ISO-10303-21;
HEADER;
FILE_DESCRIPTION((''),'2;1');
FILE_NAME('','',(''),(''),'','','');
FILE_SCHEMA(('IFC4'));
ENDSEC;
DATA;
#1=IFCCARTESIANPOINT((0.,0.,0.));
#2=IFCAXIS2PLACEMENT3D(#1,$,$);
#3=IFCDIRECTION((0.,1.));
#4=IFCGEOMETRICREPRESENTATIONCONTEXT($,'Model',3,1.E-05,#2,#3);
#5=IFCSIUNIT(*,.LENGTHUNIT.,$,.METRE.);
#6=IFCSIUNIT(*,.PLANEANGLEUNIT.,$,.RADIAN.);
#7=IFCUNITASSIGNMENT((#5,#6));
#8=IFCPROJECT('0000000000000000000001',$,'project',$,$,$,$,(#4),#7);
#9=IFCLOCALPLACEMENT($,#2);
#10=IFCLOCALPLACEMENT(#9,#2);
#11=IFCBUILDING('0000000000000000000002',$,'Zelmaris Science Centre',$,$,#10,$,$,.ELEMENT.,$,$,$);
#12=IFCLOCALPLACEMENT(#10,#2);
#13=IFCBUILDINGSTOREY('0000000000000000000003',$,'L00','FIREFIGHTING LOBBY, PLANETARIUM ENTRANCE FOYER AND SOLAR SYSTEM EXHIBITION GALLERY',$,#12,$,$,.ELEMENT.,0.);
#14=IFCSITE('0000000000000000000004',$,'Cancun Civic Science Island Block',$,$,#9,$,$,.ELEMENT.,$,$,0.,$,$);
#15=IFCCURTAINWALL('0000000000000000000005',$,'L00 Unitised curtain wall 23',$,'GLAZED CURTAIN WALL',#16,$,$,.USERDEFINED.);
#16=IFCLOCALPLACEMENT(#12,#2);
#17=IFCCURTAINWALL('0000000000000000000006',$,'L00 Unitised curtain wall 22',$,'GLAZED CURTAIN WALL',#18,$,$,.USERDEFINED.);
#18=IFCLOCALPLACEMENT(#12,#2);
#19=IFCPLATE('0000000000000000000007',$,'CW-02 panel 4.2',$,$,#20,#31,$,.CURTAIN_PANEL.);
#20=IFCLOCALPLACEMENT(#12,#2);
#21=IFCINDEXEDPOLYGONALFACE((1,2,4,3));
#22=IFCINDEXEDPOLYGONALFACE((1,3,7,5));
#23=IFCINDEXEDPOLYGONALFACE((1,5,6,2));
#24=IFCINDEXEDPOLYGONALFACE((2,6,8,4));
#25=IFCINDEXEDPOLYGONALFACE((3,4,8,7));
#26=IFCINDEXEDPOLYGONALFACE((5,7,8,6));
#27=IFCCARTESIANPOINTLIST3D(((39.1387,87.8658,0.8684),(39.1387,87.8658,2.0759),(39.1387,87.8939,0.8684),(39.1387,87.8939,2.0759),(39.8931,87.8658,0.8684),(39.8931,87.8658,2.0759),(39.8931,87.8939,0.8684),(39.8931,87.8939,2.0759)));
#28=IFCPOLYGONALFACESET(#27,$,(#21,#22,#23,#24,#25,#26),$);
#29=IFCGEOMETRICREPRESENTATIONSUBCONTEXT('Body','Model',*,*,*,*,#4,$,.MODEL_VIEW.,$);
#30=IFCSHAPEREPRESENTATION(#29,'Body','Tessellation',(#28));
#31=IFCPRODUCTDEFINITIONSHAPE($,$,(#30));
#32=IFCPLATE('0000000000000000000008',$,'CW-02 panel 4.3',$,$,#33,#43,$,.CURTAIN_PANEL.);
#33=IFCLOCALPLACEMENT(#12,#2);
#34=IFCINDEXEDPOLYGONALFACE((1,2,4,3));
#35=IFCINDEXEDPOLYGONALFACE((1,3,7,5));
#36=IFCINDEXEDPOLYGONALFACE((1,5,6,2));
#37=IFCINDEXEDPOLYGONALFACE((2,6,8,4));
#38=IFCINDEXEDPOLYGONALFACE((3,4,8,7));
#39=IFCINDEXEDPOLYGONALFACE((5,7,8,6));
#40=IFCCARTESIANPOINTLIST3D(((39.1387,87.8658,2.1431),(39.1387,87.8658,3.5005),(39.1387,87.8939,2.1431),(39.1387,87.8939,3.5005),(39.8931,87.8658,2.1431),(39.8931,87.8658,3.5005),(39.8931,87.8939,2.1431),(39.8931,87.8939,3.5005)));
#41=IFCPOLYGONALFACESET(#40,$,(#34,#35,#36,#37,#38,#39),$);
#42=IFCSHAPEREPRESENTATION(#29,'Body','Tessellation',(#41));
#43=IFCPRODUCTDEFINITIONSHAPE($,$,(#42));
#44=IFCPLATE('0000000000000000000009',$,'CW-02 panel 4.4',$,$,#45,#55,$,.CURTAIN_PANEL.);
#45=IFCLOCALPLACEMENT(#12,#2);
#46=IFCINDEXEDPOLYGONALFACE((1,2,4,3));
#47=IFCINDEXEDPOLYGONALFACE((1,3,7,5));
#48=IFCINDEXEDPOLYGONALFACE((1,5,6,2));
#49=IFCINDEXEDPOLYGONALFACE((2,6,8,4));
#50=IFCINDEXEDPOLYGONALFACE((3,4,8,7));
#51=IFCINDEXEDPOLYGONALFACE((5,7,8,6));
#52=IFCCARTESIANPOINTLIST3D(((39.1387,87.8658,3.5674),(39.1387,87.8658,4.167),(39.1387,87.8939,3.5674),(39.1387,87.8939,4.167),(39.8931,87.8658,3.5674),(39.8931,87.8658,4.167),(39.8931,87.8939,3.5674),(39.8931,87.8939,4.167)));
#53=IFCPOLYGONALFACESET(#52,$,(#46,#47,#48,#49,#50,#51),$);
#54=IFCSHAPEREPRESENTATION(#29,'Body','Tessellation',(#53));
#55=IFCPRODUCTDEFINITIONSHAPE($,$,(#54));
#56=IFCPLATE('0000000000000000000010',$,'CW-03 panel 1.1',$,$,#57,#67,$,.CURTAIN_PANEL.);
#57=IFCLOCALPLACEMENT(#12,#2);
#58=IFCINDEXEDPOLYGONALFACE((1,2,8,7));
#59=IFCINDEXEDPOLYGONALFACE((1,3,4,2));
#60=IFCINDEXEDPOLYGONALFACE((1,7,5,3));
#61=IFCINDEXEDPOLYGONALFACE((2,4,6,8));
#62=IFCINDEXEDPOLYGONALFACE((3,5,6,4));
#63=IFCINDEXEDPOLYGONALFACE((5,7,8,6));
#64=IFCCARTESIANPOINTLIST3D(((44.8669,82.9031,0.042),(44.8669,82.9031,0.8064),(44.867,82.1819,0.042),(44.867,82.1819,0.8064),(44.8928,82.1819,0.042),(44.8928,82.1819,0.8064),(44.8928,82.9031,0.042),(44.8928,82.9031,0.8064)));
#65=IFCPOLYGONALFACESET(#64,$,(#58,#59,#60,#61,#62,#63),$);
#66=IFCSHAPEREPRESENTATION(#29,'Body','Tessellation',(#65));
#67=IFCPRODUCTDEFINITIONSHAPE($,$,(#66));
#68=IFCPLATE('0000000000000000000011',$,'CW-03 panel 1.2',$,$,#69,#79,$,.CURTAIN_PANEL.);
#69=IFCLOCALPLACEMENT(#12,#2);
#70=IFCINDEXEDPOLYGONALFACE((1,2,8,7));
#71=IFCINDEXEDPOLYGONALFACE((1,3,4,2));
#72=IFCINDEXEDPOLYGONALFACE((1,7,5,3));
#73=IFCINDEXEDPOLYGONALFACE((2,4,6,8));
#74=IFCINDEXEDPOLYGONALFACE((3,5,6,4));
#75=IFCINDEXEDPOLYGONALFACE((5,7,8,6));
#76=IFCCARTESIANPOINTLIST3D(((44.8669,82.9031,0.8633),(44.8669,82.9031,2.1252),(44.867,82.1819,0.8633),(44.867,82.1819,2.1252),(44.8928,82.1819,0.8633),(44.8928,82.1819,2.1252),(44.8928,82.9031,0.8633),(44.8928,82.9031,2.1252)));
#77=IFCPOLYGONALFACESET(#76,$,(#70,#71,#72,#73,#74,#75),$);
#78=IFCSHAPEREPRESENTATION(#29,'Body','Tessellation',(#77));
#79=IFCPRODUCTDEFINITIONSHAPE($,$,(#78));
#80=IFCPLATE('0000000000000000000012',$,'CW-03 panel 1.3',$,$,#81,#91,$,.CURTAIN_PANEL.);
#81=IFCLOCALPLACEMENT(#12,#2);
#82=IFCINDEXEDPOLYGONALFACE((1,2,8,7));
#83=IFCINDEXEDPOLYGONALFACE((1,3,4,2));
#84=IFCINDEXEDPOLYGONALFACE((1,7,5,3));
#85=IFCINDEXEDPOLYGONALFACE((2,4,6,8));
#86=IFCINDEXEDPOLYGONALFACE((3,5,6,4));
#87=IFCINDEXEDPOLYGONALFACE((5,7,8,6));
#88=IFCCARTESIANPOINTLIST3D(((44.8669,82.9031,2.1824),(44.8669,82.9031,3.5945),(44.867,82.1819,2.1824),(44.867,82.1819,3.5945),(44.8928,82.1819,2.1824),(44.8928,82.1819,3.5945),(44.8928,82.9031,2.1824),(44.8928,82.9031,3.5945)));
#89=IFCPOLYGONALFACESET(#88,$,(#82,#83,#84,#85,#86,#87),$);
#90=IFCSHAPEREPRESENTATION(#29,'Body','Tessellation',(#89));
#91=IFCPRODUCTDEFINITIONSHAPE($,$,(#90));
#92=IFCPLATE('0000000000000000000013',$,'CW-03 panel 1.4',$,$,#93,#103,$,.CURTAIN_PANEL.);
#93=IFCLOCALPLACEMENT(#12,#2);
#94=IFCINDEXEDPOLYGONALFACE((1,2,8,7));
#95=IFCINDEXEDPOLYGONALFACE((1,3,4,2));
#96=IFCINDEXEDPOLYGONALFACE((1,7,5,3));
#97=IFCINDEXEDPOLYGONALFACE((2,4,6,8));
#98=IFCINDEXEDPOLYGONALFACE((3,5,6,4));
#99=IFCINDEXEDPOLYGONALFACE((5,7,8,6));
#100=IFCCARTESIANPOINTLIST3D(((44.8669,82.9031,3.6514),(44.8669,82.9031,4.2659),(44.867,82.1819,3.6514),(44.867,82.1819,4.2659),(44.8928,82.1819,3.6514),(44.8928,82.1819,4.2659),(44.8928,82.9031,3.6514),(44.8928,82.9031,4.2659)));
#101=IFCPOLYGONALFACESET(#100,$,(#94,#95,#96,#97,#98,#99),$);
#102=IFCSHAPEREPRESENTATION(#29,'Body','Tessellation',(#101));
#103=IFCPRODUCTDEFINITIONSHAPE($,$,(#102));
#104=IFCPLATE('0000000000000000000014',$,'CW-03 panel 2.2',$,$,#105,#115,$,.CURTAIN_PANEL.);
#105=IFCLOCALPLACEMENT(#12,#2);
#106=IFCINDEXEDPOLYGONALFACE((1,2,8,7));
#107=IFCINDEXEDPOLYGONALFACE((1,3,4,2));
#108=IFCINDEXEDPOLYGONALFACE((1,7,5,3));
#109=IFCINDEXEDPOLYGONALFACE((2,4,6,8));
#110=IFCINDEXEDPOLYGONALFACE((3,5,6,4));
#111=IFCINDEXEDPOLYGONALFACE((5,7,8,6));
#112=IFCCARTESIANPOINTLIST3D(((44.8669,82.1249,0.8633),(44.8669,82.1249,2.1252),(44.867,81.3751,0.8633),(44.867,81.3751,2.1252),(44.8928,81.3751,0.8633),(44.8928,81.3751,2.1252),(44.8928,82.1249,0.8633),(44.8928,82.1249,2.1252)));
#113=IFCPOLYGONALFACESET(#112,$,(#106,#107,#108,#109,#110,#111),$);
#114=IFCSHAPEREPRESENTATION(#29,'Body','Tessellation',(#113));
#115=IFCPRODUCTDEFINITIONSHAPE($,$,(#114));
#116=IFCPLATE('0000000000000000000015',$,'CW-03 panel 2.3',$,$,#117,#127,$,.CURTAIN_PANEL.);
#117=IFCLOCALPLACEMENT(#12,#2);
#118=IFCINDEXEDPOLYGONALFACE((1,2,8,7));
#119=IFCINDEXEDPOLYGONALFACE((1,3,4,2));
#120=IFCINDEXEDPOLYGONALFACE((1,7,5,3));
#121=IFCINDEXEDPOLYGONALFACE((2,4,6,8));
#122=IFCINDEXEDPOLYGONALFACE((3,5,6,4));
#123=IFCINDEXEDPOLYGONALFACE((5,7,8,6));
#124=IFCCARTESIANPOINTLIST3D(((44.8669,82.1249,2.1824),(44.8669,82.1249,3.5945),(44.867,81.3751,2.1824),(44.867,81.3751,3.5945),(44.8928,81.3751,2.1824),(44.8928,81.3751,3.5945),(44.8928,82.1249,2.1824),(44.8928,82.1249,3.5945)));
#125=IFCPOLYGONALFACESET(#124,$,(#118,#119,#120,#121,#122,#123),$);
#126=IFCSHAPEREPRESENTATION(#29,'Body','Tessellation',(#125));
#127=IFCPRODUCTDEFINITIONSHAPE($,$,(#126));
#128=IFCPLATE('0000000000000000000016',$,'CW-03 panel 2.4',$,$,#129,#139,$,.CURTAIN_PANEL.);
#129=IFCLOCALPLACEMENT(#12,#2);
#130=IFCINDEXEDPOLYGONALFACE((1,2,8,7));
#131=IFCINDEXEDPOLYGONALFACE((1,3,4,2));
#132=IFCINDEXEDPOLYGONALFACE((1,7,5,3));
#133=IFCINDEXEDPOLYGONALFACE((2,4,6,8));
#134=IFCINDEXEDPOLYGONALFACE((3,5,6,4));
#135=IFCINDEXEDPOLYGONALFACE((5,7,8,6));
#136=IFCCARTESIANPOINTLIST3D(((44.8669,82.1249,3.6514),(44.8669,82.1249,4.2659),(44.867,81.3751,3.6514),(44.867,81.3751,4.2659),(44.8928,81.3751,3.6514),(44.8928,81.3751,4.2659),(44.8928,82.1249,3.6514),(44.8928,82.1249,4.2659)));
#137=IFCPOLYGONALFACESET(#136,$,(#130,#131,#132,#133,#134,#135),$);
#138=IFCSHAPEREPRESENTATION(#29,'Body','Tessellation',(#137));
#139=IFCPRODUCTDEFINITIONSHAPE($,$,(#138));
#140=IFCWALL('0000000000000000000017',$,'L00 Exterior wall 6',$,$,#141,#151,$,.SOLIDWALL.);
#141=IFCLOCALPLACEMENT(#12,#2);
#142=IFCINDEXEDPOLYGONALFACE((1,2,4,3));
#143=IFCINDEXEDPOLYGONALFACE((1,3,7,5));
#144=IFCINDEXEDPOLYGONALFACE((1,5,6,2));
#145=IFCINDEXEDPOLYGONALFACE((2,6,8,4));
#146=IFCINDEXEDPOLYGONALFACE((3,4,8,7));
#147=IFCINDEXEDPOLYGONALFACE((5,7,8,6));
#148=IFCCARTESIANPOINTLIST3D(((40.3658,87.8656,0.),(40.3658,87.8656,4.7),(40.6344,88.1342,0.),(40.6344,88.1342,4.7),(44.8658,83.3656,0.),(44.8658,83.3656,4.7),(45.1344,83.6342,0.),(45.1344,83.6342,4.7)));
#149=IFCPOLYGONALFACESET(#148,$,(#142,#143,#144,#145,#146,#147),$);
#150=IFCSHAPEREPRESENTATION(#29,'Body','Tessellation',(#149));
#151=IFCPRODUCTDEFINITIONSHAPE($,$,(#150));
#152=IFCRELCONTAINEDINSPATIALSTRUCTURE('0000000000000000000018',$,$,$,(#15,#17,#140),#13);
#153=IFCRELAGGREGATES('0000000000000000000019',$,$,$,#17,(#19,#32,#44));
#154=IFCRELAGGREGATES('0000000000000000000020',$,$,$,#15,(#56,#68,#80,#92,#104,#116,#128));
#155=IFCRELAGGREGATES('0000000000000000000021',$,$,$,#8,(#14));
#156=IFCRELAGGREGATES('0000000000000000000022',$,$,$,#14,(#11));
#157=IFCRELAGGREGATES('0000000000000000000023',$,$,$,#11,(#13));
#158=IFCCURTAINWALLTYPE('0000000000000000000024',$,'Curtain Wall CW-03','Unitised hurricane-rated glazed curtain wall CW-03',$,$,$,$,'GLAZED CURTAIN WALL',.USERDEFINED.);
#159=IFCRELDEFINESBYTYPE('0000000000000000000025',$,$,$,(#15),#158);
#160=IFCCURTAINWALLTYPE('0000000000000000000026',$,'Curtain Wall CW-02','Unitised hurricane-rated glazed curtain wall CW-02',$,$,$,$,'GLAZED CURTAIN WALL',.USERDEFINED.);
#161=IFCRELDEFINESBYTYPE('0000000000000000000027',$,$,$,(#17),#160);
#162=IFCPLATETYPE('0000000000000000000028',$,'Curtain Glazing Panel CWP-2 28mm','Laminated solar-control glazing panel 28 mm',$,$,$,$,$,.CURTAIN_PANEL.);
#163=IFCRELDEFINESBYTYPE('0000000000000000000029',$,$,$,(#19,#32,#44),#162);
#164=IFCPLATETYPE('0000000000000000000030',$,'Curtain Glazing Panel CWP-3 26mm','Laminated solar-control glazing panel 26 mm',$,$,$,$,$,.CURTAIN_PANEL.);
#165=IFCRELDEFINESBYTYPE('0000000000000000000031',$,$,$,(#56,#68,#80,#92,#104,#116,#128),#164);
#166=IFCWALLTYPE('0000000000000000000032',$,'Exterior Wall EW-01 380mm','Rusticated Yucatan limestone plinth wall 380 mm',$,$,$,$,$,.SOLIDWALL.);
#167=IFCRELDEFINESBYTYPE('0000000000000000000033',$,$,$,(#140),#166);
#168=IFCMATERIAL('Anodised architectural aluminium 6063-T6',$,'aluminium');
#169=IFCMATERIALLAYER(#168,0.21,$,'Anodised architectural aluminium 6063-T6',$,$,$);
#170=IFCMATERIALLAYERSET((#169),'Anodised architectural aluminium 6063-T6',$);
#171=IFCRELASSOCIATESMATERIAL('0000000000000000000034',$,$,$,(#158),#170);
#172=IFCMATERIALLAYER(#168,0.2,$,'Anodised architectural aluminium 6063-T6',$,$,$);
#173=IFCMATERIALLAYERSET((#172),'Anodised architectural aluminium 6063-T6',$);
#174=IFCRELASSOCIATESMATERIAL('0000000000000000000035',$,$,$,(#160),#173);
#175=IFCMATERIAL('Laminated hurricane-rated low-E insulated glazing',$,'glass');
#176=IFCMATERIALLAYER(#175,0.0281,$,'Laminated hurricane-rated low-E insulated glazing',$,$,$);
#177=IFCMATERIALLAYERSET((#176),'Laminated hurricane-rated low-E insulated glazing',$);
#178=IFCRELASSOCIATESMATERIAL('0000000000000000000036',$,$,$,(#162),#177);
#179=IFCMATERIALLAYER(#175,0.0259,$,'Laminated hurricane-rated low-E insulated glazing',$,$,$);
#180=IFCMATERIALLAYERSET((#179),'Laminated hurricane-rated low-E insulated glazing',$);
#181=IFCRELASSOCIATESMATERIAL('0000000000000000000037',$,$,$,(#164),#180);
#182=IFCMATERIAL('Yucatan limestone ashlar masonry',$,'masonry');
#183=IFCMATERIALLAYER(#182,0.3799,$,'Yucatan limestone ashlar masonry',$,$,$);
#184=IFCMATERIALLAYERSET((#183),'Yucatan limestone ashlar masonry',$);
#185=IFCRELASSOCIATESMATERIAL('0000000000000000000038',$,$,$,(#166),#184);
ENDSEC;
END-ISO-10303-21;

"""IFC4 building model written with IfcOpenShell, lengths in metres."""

from ifc_helpers import new_model, si_unit, direction, frame, frame_2d, origin, origin_2d, place, context, subcontext, project, spatial, rectangle, extrude, material, layer, layer_set, type_object, element, aggregate, save


model = new_model("IFC4")

# Units and contexts
model_context = context("Model", 3, precision=1e-05, world=origin(), true_north=direction((0.0, 1.0)))
body_context = subcontext(model_context, "Body", "Model", "MODEL_VIEW")
ifc_project = project(units=[si_unit("LENGTHUNIT", "METRE"), si_unit("PLANEANGLEUNIT", "RADIAN")], contexts=[model_context])

# Site, building, storey
site_placement = place(None, origin())
site = spatial("IfcSite", under=ifc_project, at=site_placement, Name="Cancun Civic Science Island Block", CompositionType="ELEMENT", RefElevation=0.0)
building_placement = place(site_placement, origin())
building = spatial("IfcBuilding", under=site, at=building_placement, Name="Zelmaris Science Centre", CompositionType="ELEMENT")
storey_placement = place(building_placement, origin())
storey = spatial("IfcBuildingStorey", under=building, at=storey_placement, Name="L00", Description="FIREFIGHTING LOBBY, PLANETARIUM ENTRANCE FOYER AND SOLAR SYSTEM EXHIBITION GALLERY", CompositionType="ELEMENT", Elevation=0.0)

# Curtain walls
ifc_material_1 = material(Name="Anodised architectural aluminium 6063-T6", Category="aluminium")
ifc_layer_1 = layer(ifc_material_1, 0.21, Name="Anodised architectural aluminium 6063-T6")
ifc_layer_set_1 = layer_set([ifc_layer_1], Name="Anodised architectural aluminium 6063-T6")
curtain_wall_type_1 = type_object("IfcCurtainWallType", Name="Curtain Wall CW-03", Description="Unitised hurricane-rated glazed curtain wall CW-03", ElementType="GLAZED CURTAIN WALL", PredefinedType="USERDEFINED", material=ifc_layer_set_1)
curtain_wall_1_placement = place(storey_placement, origin())
curtain_wall_1 = element("IfcCurtainWall", 1, at=curtain_wall_1_placement, inside=storey, type_object=curtain_wall_type_1, Name="L00 Unitised curtain wall 23", ObjectType="GLAZED CURTAIN WALL", PredefinedType="USERDEFINED")
ifc_layer_2 = layer(ifc_material_1, 0.2, Name="Anodised architectural aluminium 6063-T6")
ifc_layer_set_2 = layer_set([ifc_layer_2], Name="Anodised architectural aluminium 6063-T6")
curtain_wall_type_2 = type_object("IfcCurtainWallType", Name="Curtain Wall CW-02", Description="Unitised hurricane-rated glazed curtain wall CW-02", ElementType="GLAZED CURTAIN WALL", PredefinedType="USERDEFINED", material=ifc_layer_set_2)
curtain_wall_2_placement = place(storey_placement, origin())
curtain_wall_2 = element("IfcCurtainWall", 2, at=curtain_wall_2_placement, inside=storey, type_object=curtain_wall_type_2, Name="L00 Unitised curtain wall 22", ObjectType="GLAZED CURTAIN WALL", PredefinedType="USERDEFINED")

# Plates
ifc_material_2 = material(Name="Laminated hurricane-rated low-E insulated glazing", Category="glass")
ifc_layer_3 = layer(ifc_material_2, 0.0281, Name="Laminated hurricane-rated low-E insulated glazing")
ifc_layer_set_3 = layer_set([ifc_layer_3], Name="Laminated hurricane-rated low-E insulated glazing")
plate_type_1 = type_object("IfcPlateType", Name="Curtain Glazing Panel CWP-2 28mm", Description="Laminated solar-control glazing panel 28 mm", PredefinedType="CURTAIN_PANEL", material=ifc_layer_set_3)
plate_1_placement = place(storey_placement, frame((39.5159, 87.8799, 0.8684), z_axis=(0.0, 0.0, 1.0), x_axis=(1.0, 0.0, 0.0)))
plate_1 = element("IfcPlate", 3, at=plate_1_placement, type_object=plate_type_1, Name="CW-02 panel 4.2", PredefinedType="CURTAIN_PANEL", context=body_context, shape_type="SweptSolid", body=[
    extrude(rectangle(XDim=0.7544, YDim=0.0281, at=origin_2d()), origin(), (0.0, 0.0, 1.0), 1.2075),
])
plate_2_placement = place(storey_placement, frame((39.5159, 87.8799, 2.1431), z_axis=(0.0, 0.0, 1.0), x_axis=(1.0, 0.0, 0.0)))
plate_2 = element("IfcPlate", 4, at=plate_2_placement, type_object=plate_type_1, Name="CW-02 panel 4.3", PredefinedType="CURTAIN_PANEL", context=body_context, shape_type="SweptSolid", body=[
    extrude(rectangle(XDim=0.7544, YDim=0.0281, at=origin_2d()), origin(), (0.0, 0.0, 1.0), 1.3574),
])
plate_3_placement = place(storey_placement, frame((39.5159, 87.8799, 3.5674), z_axis=(0.0, 0.0, 1.0), x_axis=(1.0, 0.0, 0.0)))
plate_3 = element("IfcPlate", 5, at=plate_3_placement, type_object=plate_type_1, Name="CW-02 panel 4.4", PredefinedType="CURTAIN_PANEL", context=body_context, shape_type="SweptSolid", body=[
    extrude(rectangle(XDim=0.7544, YDim=0.0281, at=origin_2d()), origin(), (0.0, 0.0, 1.0), 0.5996),
])
aggregate(curtain_wall_2, [plate_1, plate_2, plate_3])
ifc_layer_4 = layer(ifc_material_2, 0.0259, Name="Laminated hurricane-rated low-E insulated glazing")
ifc_layer_set_4 = layer_set([ifc_layer_4], Name="Laminated hurricane-rated low-E insulated glazing")
plate_type_2 = type_object("IfcPlateType", Name="Curtain Glazing Panel CWP-3 26mm", Description="Laminated solar-control glazing panel 26 mm", PredefinedType="CURTAIN_PANEL", material=ifc_layer_set_4)
plate_4_placement = place(storey_placement, frame((44.8799, 82.5425, 0.042), z_axis=(0.0, 0.0, 1.0), x_axis=(0.000041, -1.0, 0.0)))
plate_4 = element("IfcPlate", 6, at=plate_4_placement, type_object=plate_type_2, Name="CW-03 panel 1.1", PredefinedType="CURTAIN_PANEL", context=body_context, shape_type="SweptSolid", body=[
    extrude(rectangle(XDim=0.7212, YDim=0.0259, at=origin_2d()), origin(), (0.0, 0.0, 1.0), 0.7644),
])
plate_5_placement = place(storey_placement, frame((44.8799, 82.5425, 0.8633), z_axis=(0.0, 0.0, 1.0), x_axis=(0.000041, -1.0, 0.0)))
plate_5 = element("IfcPlate", 7, at=plate_5_placement, type_object=plate_type_2, Name="CW-03 panel 1.2", PredefinedType="CURTAIN_PANEL", context=body_context, shape_type="SweptSolid", body=[
    extrude(rectangle(XDim=0.7212, YDim=0.0259, at=origin_2d()), origin(), (0.0, 0.0, 1.0), 1.262),
])
plate_6_placement = place(storey_placement, frame((44.8799, 82.5425, 2.1824), z_axis=(0.0, 0.0, 1.0), x_axis=(0.000041, -1.0, 0.0)))
plate_6 = element("IfcPlate", 8, at=plate_6_placement, type_object=plate_type_2, Name="CW-03 panel 1.3", PredefinedType="CURTAIN_PANEL", context=body_context, shape_type="SweptSolid", body=[
    extrude(rectangle(XDim=0.7212, YDim=0.0259, at=origin_2d()), origin(), (0.0, 0.0, 1.0), 1.4121),
])
plate_7_placement = place(storey_placement, frame((44.8799, 82.5425, 3.6514), z_axis=(0.0, 0.0, 1.0), x_axis=(0.000041, -1.0, 0.0)))
plate_7 = element("IfcPlate", 9, at=plate_7_placement, type_object=plate_type_2, Name="CW-03 panel 1.4", PredefinedType="CURTAIN_PANEL", context=body_context, shape_type="SweptSolid", body=[
    extrude(rectangle(XDim=0.7212, YDim=0.0259, at=origin_2d()), origin(), (0.0, 0.0, 1.0), 0.6145),
])
plate_8_placement = place(storey_placement, frame((44.8799, 81.75, 0.8633), z_axis=(0.0, 0.0, 1.0), x_axis=(0.000041, -1.0, 0.0)))
plate_8 = element("IfcPlate", 10, at=plate_8_placement, type_object=plate_type_2, Name="CW-03 panel 2.2", PredefinedType="CURTAIN_PANEL", context=body_context, shape_type="SweptSolid", body=[
    extrude(rectangle(XDim=0.7498, YDim=0.0259, at=origin_2d()), origin(), (0.0, 0.0, 1.0), 1.262),
])
plate_9_placement = place(storey_placement, frame((44.8799, 81.75, 2.1824), z_axis=(0.0, 0.0, 1.0), x_axis=(0.000041, -1.0, 0.0)))
plate_9 = element("IfcPlate", 11, at=plate_9_placement, type_object=plate_type_2, Name="CW-03 panel 2.3", PredefinedType="CURTAIN_PANEL", context=body_context, shape_type="SweptSolid", body=[
    extrude(rectangle(XDim=0.7498, YDim=0.0259, at=origin_2d()), origin(), (0.0, 0.0, 1.0), 1.4121),
])
plate_10_placement = place(storey_placement, frame((44.8799, 81.75, 3.6514), z_axis=(0.0, 0.0, 1.0), x_axis=(0.000041, -1.0, 0.0)))
plate_10 = element("IfcPlate", 12, at=plate_10_placement, type_object=plate_type_2, Name="CW-03 panel 2.4", PredefinedType="CURTAIN_PANEL", context=body_context, shape_type="SweptSolid", body=[
    extrude(rectangle(XDim=0.7498, YDim=0.0259, at=origin_2d()), origin(), (0.0, 0.0, 1.0), 0.6145),
])
aggregate(curtain_wall_1, [plate_4, plate_5, plate_6, plate_7, plate_8, plate_9, plate_10])

# Wall
ifc_material_3 = material(Name="Yucatan limestone ashlar masonry", Category="masonry")
ifc_layer_5 = layer(ifc_material_3, 0.3799, Name="Yucatan limestone ashlar masonry")
ifc_layer_set_5 = layer_set([ifc_layer_5], Name="Yucatan limestone ashlar masonry")
wall_type = type_object("IfcWallType", Name="Exterior Wall EW-01 380mm", Description="Rusticated Yucatan limestone plinth wall 380 mm", PredefinedType="SOLIDWALL", material=ifc_layer_set_5)
wall_placement = place(storey_placement, frame((40.5, 88.0, 0.0), z_axis=(0.0, 0.0, 1.0), x_axis=(0.707107, -0.707107, 0.0)))
element("IfcWall", 13, at=wall_placement, inside=storey, type_object=wall_type, Name="L00 Exterior wall 6", PredefinedType="SOLIDWALL", context=body_context, shape_type="SweptSolid", body=[
    extrude(rectangle(XDim=6.364, YDim=0.3799, at=frame_2d((3.1821, 0.0))), origin(), (0.0, 0.0, 1.0), 4.7),
])

save(model, "model.ifc")
